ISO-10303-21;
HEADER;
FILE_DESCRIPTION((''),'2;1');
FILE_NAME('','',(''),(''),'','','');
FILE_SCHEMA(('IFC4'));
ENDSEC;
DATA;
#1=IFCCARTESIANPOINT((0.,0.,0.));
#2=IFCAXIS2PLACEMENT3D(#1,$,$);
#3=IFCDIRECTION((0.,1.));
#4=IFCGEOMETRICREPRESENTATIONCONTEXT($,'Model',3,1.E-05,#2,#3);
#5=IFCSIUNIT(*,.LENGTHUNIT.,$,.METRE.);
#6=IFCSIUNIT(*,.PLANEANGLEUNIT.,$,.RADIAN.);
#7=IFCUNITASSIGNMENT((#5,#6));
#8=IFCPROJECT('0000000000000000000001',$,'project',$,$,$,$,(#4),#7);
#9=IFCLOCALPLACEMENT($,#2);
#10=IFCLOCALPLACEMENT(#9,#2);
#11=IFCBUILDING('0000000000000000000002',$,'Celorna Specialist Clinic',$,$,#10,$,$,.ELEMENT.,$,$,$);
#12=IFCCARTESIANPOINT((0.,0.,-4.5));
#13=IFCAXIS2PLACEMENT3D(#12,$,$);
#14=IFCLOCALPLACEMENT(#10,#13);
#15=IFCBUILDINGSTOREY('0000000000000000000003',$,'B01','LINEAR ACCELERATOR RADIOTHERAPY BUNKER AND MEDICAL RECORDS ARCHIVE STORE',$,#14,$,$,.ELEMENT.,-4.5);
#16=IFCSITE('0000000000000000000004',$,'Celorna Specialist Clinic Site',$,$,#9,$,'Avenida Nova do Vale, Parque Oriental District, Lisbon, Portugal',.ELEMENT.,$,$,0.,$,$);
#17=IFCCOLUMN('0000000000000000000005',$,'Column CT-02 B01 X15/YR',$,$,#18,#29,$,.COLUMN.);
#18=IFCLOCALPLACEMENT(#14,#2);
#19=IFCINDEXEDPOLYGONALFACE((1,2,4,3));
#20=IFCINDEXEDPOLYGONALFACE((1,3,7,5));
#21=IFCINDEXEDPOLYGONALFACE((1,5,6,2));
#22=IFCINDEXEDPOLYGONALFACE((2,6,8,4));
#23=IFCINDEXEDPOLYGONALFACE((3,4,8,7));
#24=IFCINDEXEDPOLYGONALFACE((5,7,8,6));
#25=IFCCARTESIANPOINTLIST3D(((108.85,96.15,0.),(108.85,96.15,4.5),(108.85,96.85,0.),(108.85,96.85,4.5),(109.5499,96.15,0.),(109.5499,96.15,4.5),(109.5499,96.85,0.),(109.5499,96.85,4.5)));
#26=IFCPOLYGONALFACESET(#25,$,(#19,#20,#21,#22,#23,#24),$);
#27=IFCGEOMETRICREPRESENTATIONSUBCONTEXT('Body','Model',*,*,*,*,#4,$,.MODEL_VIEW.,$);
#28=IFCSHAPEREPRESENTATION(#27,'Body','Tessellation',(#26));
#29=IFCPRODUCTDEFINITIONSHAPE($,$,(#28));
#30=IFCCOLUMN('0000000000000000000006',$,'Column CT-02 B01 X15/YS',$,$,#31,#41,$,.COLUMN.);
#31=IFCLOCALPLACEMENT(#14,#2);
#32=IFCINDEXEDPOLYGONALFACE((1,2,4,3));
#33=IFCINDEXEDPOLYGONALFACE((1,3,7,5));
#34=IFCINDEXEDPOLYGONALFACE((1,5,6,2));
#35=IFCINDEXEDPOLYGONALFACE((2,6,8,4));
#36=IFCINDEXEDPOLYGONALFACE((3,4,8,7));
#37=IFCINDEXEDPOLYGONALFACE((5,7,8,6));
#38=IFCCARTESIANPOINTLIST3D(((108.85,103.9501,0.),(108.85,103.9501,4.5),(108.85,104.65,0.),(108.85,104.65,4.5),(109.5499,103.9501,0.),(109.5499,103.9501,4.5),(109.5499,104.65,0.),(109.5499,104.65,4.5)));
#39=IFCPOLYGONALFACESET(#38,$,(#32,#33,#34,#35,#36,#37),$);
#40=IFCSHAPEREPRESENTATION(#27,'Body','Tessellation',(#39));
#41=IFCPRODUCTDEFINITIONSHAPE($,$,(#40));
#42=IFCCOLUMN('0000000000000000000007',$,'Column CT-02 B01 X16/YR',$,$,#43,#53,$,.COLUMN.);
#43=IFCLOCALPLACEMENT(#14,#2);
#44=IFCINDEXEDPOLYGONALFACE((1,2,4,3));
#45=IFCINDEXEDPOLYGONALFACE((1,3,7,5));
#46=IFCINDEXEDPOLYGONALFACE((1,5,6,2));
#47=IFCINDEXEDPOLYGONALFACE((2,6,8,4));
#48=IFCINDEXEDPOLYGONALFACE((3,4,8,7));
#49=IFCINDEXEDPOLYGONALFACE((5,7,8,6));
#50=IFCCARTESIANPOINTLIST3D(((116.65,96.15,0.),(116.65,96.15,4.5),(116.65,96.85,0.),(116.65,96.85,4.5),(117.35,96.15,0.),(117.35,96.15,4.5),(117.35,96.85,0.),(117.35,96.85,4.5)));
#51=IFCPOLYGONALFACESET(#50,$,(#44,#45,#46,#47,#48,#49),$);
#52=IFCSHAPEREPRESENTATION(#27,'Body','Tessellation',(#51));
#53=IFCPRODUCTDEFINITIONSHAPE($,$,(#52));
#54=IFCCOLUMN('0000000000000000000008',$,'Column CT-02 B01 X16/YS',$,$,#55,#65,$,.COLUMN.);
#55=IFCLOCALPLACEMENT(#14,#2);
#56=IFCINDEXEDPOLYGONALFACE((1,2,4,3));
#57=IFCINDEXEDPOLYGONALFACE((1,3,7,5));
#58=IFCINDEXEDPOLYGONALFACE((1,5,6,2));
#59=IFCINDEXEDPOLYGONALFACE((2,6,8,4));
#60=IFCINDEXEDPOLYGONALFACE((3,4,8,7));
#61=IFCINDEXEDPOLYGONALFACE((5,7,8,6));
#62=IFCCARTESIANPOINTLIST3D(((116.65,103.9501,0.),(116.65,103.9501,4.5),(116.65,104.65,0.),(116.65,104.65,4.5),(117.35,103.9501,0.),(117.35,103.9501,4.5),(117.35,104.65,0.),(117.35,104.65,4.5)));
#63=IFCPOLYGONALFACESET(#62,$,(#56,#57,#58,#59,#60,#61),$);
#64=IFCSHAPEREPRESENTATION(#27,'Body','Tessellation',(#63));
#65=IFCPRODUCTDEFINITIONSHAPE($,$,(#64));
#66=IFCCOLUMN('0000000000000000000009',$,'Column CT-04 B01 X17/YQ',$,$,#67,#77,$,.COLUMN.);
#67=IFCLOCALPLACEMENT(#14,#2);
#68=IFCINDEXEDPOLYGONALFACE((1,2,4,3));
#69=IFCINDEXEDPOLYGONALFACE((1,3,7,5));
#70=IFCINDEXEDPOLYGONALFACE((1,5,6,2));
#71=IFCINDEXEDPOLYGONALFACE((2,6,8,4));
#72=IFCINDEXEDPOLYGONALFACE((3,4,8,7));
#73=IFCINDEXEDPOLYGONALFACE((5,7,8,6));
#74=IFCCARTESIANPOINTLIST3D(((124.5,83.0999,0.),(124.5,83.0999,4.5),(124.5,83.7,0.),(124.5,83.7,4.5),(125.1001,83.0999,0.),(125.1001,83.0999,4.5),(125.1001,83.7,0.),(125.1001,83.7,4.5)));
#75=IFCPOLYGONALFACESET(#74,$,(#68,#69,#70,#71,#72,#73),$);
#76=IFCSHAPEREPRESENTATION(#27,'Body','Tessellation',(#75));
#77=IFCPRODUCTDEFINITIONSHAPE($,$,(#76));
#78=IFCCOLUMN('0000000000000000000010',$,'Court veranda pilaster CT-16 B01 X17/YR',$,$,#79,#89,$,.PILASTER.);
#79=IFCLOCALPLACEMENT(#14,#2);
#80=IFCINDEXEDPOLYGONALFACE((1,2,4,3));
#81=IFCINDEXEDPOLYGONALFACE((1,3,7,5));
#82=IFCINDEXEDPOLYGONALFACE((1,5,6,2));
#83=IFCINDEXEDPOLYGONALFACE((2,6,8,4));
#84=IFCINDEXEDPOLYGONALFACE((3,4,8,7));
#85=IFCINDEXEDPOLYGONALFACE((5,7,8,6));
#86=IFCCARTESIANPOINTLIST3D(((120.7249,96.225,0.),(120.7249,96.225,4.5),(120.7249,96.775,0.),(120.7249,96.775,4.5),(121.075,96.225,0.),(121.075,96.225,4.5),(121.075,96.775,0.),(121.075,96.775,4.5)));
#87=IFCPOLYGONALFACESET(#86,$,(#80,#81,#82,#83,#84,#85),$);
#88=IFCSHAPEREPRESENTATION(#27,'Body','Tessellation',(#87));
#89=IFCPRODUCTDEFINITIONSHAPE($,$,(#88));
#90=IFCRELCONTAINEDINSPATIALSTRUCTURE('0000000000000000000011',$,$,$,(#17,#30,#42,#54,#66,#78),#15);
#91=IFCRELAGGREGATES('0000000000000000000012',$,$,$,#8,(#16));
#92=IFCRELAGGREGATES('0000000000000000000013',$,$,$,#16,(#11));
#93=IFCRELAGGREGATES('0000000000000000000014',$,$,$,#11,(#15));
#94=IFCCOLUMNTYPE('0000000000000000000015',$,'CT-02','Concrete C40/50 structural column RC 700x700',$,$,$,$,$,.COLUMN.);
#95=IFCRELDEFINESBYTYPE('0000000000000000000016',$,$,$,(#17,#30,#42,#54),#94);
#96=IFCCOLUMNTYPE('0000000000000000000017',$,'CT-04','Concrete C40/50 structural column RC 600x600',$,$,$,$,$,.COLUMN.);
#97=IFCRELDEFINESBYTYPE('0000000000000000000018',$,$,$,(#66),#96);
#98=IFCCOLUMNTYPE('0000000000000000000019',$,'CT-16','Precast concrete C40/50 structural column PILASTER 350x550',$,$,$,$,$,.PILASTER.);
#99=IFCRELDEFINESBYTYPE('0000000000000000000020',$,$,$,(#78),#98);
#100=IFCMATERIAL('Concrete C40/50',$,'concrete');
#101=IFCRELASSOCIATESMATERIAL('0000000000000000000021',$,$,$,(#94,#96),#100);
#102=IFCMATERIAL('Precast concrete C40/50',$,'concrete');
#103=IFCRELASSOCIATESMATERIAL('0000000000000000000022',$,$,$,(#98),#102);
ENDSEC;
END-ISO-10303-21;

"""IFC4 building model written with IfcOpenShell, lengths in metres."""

from ifc_helpers import new_model, si_unit, direction, frame, origin, origin_2d, place, context, subcontext, project, spatial, rectangle, extrude, material, material_profile, profile_set, type_object, element, save


model = new_model("IFC4")

# Units and contexts
model_context = context("Model", 3, precision=1e-05, world=origin(), true_north=direction((0.0, 1.0)))
body_context = subcontext(model_context, "Body", "Model", "MODEL_VIEW")
ifc_project = project(units=[si_unit("LENGTHUNIT", "METRE"), si_unit("PLANEANGLEUNIT", "RADIAN")], contexts=[model_context])

# Site, building, storey
site_placement = place(None, origin())
site = spatial("IfcSite", under=ifc_project, at=site_placement, Name="Celorna Specialist Clinic Site", LongName="Avenida Nova do Vale, Parque Oriental District, Lisbon, Portugal", CompositionType="ELEMENT", RefElevation=0.0)
building_placement = place(site_placement, origin())
building = spatial("IfcBuilding", under=site, at=building_placement, Name="Celorna Specialist Clinic", CompositionType="ELEMENT")
storey_placement = place(building_placement, frame((0.0, 0.0, -4.5)))
storey = spatial("IfcBuildingStorey", under=building, at=storey_placement, Name="B01", Description="LINEAR ACCELERATOR RADIOTHERAPY BUNKER AND MEDICAL RECORDS ARCHIVE STORE", CompositionType="ELEMENT", Elevation=-4.5)

# Columns
ifc_material_1 = material(Name="Concrete C40/50", Category="concrete")
ifc_material_profile_1 = material_profile(ifc_material_1, rectangle(XDim=0.7, YDim=0.7, at=origin_2d()), Name="RC 700x700")
ifc_profile_set_1 = profile_set([ifc_material_profile_1], Name="Concrete C40/50")
column_type_1 = type_object("IfcColumnType", Name="CT-02", Description="Concrete C40/50 structural column RC 700x700", PredefinedType="COLUMN", material=ifc_profile_set_1)
for number, where, z_axis, x_axis, name in (
    (1, (109.2, 96.5, 0.0), (0.0, 0.0, 1.0), (1.0, 0.0, 0.0), "Column CT-02 B01 X15/YR"),
    (2, (109.2, 104.3, 0.0), (0.0, 0.0, 1.0), (1.0, 0.0, 0.0), "Column CT-02 B01 X15/YS"),
    (3, (117.0, 96.5, 0.0), (0.0, 0.0, 1.0), (1.0, 0.0, 0.0), "Column CT-02 B01 X16/YR"),
    (4, (117.0, 104.3, 0.0), (0.0, 0.0, 1.0), (1.0, 0.0, 0.0), "Column CT-02 B01 X16/YS"),
):
    element("IfcColumn", number, at=place(storey_placement, frame(where, z_axis=z_axis, x_axis=x_axis)), inside=storey, type_object=column_type_1, Name=name, PredefinedType="COLUMN", context=body_context, shape_type="SweptSolid", body=[
        extrude(rectangle(XDim=0.7, YDim=0.7, at=origin_2d()), origin(), (0.0, 0.0, 1.0), 4.5),
    ])
ifc_material_profile_2 = material_profile(ifc_material_1, rectangle(XDim=0.6001, YDim=0.6001, at=origin_2d()), Name="RC 600x600")
ifc_profile_set_2 = profile_set([ifc_material_profile_2], Name="Concrete C40/50")
column_type_2 = type_object("IfcColumnType", Name="CT-04", Description="Concrete C40/50 structural column RC 600x600", PredefinedType="COLUMN", material=ifc_profile_set_2)
column_1_placement = place(storey_placement, frame((124.8, 83.3999, 0.0), z_axis=(0.0, 0.0, 1.0), x_axis=(1.0, 0.0, 0.0)))
element("IfcColumn", 5, at=column_1_placement, inside=storey, type_object=column_type_2, Name="Column CT-04 B01 X17/YQ", PredefinedType="COLUMN", context=body_context, shape_type="SweptSolid", body=[
    extrude(rectangle(XDim=0.6001, YDim=0.6001, at=origin_2d()), origin(), (0.0, 0.0, 1.0), 4.5),
])
ifc_material_2 = material(Name="Precast concrete C40/50", Category="concrete")
ifc_material_profile_3 = material_profile(ifc_material_2, rectangle(XDim=0.3501, YDim=0.55, at=origin_2d()), Name="PILASTER 350x550")
ifc_profile_set_3 = profile_set([ifc_material_profile_3], Name="Precast concrete C40/50")
column_type_3 = type_object("IfcColumnType", Name="CT-16", Description="Precast concrete C40/50 structural column PILASTER 350x550", PredefinedType="PILASTER", material=ifc_profile_set_3)
column_2_placement = place(storey_placement, frame((120.8999, 96.5, 0.0), z_axis=(0.0, 0.0, 1.0), x_axis=(1.0, 0.0, 0.0)))
element("IfcColumn", 6, at=column_2_placement, inside=storey, type_object=column_type_3, Name="Court veranda pilaster CT-16 B01 X17/YR", PredefinedType="PILASTER", context=body_context, shape_type="SweptSolid", body=[
    extrude(rectangle(XDim=0.3501, YDim=0.55, at=origin_2d()), origin(), (0.0, 0.0, 1.0), 4.5),
])

save(model, "model.ifc")
